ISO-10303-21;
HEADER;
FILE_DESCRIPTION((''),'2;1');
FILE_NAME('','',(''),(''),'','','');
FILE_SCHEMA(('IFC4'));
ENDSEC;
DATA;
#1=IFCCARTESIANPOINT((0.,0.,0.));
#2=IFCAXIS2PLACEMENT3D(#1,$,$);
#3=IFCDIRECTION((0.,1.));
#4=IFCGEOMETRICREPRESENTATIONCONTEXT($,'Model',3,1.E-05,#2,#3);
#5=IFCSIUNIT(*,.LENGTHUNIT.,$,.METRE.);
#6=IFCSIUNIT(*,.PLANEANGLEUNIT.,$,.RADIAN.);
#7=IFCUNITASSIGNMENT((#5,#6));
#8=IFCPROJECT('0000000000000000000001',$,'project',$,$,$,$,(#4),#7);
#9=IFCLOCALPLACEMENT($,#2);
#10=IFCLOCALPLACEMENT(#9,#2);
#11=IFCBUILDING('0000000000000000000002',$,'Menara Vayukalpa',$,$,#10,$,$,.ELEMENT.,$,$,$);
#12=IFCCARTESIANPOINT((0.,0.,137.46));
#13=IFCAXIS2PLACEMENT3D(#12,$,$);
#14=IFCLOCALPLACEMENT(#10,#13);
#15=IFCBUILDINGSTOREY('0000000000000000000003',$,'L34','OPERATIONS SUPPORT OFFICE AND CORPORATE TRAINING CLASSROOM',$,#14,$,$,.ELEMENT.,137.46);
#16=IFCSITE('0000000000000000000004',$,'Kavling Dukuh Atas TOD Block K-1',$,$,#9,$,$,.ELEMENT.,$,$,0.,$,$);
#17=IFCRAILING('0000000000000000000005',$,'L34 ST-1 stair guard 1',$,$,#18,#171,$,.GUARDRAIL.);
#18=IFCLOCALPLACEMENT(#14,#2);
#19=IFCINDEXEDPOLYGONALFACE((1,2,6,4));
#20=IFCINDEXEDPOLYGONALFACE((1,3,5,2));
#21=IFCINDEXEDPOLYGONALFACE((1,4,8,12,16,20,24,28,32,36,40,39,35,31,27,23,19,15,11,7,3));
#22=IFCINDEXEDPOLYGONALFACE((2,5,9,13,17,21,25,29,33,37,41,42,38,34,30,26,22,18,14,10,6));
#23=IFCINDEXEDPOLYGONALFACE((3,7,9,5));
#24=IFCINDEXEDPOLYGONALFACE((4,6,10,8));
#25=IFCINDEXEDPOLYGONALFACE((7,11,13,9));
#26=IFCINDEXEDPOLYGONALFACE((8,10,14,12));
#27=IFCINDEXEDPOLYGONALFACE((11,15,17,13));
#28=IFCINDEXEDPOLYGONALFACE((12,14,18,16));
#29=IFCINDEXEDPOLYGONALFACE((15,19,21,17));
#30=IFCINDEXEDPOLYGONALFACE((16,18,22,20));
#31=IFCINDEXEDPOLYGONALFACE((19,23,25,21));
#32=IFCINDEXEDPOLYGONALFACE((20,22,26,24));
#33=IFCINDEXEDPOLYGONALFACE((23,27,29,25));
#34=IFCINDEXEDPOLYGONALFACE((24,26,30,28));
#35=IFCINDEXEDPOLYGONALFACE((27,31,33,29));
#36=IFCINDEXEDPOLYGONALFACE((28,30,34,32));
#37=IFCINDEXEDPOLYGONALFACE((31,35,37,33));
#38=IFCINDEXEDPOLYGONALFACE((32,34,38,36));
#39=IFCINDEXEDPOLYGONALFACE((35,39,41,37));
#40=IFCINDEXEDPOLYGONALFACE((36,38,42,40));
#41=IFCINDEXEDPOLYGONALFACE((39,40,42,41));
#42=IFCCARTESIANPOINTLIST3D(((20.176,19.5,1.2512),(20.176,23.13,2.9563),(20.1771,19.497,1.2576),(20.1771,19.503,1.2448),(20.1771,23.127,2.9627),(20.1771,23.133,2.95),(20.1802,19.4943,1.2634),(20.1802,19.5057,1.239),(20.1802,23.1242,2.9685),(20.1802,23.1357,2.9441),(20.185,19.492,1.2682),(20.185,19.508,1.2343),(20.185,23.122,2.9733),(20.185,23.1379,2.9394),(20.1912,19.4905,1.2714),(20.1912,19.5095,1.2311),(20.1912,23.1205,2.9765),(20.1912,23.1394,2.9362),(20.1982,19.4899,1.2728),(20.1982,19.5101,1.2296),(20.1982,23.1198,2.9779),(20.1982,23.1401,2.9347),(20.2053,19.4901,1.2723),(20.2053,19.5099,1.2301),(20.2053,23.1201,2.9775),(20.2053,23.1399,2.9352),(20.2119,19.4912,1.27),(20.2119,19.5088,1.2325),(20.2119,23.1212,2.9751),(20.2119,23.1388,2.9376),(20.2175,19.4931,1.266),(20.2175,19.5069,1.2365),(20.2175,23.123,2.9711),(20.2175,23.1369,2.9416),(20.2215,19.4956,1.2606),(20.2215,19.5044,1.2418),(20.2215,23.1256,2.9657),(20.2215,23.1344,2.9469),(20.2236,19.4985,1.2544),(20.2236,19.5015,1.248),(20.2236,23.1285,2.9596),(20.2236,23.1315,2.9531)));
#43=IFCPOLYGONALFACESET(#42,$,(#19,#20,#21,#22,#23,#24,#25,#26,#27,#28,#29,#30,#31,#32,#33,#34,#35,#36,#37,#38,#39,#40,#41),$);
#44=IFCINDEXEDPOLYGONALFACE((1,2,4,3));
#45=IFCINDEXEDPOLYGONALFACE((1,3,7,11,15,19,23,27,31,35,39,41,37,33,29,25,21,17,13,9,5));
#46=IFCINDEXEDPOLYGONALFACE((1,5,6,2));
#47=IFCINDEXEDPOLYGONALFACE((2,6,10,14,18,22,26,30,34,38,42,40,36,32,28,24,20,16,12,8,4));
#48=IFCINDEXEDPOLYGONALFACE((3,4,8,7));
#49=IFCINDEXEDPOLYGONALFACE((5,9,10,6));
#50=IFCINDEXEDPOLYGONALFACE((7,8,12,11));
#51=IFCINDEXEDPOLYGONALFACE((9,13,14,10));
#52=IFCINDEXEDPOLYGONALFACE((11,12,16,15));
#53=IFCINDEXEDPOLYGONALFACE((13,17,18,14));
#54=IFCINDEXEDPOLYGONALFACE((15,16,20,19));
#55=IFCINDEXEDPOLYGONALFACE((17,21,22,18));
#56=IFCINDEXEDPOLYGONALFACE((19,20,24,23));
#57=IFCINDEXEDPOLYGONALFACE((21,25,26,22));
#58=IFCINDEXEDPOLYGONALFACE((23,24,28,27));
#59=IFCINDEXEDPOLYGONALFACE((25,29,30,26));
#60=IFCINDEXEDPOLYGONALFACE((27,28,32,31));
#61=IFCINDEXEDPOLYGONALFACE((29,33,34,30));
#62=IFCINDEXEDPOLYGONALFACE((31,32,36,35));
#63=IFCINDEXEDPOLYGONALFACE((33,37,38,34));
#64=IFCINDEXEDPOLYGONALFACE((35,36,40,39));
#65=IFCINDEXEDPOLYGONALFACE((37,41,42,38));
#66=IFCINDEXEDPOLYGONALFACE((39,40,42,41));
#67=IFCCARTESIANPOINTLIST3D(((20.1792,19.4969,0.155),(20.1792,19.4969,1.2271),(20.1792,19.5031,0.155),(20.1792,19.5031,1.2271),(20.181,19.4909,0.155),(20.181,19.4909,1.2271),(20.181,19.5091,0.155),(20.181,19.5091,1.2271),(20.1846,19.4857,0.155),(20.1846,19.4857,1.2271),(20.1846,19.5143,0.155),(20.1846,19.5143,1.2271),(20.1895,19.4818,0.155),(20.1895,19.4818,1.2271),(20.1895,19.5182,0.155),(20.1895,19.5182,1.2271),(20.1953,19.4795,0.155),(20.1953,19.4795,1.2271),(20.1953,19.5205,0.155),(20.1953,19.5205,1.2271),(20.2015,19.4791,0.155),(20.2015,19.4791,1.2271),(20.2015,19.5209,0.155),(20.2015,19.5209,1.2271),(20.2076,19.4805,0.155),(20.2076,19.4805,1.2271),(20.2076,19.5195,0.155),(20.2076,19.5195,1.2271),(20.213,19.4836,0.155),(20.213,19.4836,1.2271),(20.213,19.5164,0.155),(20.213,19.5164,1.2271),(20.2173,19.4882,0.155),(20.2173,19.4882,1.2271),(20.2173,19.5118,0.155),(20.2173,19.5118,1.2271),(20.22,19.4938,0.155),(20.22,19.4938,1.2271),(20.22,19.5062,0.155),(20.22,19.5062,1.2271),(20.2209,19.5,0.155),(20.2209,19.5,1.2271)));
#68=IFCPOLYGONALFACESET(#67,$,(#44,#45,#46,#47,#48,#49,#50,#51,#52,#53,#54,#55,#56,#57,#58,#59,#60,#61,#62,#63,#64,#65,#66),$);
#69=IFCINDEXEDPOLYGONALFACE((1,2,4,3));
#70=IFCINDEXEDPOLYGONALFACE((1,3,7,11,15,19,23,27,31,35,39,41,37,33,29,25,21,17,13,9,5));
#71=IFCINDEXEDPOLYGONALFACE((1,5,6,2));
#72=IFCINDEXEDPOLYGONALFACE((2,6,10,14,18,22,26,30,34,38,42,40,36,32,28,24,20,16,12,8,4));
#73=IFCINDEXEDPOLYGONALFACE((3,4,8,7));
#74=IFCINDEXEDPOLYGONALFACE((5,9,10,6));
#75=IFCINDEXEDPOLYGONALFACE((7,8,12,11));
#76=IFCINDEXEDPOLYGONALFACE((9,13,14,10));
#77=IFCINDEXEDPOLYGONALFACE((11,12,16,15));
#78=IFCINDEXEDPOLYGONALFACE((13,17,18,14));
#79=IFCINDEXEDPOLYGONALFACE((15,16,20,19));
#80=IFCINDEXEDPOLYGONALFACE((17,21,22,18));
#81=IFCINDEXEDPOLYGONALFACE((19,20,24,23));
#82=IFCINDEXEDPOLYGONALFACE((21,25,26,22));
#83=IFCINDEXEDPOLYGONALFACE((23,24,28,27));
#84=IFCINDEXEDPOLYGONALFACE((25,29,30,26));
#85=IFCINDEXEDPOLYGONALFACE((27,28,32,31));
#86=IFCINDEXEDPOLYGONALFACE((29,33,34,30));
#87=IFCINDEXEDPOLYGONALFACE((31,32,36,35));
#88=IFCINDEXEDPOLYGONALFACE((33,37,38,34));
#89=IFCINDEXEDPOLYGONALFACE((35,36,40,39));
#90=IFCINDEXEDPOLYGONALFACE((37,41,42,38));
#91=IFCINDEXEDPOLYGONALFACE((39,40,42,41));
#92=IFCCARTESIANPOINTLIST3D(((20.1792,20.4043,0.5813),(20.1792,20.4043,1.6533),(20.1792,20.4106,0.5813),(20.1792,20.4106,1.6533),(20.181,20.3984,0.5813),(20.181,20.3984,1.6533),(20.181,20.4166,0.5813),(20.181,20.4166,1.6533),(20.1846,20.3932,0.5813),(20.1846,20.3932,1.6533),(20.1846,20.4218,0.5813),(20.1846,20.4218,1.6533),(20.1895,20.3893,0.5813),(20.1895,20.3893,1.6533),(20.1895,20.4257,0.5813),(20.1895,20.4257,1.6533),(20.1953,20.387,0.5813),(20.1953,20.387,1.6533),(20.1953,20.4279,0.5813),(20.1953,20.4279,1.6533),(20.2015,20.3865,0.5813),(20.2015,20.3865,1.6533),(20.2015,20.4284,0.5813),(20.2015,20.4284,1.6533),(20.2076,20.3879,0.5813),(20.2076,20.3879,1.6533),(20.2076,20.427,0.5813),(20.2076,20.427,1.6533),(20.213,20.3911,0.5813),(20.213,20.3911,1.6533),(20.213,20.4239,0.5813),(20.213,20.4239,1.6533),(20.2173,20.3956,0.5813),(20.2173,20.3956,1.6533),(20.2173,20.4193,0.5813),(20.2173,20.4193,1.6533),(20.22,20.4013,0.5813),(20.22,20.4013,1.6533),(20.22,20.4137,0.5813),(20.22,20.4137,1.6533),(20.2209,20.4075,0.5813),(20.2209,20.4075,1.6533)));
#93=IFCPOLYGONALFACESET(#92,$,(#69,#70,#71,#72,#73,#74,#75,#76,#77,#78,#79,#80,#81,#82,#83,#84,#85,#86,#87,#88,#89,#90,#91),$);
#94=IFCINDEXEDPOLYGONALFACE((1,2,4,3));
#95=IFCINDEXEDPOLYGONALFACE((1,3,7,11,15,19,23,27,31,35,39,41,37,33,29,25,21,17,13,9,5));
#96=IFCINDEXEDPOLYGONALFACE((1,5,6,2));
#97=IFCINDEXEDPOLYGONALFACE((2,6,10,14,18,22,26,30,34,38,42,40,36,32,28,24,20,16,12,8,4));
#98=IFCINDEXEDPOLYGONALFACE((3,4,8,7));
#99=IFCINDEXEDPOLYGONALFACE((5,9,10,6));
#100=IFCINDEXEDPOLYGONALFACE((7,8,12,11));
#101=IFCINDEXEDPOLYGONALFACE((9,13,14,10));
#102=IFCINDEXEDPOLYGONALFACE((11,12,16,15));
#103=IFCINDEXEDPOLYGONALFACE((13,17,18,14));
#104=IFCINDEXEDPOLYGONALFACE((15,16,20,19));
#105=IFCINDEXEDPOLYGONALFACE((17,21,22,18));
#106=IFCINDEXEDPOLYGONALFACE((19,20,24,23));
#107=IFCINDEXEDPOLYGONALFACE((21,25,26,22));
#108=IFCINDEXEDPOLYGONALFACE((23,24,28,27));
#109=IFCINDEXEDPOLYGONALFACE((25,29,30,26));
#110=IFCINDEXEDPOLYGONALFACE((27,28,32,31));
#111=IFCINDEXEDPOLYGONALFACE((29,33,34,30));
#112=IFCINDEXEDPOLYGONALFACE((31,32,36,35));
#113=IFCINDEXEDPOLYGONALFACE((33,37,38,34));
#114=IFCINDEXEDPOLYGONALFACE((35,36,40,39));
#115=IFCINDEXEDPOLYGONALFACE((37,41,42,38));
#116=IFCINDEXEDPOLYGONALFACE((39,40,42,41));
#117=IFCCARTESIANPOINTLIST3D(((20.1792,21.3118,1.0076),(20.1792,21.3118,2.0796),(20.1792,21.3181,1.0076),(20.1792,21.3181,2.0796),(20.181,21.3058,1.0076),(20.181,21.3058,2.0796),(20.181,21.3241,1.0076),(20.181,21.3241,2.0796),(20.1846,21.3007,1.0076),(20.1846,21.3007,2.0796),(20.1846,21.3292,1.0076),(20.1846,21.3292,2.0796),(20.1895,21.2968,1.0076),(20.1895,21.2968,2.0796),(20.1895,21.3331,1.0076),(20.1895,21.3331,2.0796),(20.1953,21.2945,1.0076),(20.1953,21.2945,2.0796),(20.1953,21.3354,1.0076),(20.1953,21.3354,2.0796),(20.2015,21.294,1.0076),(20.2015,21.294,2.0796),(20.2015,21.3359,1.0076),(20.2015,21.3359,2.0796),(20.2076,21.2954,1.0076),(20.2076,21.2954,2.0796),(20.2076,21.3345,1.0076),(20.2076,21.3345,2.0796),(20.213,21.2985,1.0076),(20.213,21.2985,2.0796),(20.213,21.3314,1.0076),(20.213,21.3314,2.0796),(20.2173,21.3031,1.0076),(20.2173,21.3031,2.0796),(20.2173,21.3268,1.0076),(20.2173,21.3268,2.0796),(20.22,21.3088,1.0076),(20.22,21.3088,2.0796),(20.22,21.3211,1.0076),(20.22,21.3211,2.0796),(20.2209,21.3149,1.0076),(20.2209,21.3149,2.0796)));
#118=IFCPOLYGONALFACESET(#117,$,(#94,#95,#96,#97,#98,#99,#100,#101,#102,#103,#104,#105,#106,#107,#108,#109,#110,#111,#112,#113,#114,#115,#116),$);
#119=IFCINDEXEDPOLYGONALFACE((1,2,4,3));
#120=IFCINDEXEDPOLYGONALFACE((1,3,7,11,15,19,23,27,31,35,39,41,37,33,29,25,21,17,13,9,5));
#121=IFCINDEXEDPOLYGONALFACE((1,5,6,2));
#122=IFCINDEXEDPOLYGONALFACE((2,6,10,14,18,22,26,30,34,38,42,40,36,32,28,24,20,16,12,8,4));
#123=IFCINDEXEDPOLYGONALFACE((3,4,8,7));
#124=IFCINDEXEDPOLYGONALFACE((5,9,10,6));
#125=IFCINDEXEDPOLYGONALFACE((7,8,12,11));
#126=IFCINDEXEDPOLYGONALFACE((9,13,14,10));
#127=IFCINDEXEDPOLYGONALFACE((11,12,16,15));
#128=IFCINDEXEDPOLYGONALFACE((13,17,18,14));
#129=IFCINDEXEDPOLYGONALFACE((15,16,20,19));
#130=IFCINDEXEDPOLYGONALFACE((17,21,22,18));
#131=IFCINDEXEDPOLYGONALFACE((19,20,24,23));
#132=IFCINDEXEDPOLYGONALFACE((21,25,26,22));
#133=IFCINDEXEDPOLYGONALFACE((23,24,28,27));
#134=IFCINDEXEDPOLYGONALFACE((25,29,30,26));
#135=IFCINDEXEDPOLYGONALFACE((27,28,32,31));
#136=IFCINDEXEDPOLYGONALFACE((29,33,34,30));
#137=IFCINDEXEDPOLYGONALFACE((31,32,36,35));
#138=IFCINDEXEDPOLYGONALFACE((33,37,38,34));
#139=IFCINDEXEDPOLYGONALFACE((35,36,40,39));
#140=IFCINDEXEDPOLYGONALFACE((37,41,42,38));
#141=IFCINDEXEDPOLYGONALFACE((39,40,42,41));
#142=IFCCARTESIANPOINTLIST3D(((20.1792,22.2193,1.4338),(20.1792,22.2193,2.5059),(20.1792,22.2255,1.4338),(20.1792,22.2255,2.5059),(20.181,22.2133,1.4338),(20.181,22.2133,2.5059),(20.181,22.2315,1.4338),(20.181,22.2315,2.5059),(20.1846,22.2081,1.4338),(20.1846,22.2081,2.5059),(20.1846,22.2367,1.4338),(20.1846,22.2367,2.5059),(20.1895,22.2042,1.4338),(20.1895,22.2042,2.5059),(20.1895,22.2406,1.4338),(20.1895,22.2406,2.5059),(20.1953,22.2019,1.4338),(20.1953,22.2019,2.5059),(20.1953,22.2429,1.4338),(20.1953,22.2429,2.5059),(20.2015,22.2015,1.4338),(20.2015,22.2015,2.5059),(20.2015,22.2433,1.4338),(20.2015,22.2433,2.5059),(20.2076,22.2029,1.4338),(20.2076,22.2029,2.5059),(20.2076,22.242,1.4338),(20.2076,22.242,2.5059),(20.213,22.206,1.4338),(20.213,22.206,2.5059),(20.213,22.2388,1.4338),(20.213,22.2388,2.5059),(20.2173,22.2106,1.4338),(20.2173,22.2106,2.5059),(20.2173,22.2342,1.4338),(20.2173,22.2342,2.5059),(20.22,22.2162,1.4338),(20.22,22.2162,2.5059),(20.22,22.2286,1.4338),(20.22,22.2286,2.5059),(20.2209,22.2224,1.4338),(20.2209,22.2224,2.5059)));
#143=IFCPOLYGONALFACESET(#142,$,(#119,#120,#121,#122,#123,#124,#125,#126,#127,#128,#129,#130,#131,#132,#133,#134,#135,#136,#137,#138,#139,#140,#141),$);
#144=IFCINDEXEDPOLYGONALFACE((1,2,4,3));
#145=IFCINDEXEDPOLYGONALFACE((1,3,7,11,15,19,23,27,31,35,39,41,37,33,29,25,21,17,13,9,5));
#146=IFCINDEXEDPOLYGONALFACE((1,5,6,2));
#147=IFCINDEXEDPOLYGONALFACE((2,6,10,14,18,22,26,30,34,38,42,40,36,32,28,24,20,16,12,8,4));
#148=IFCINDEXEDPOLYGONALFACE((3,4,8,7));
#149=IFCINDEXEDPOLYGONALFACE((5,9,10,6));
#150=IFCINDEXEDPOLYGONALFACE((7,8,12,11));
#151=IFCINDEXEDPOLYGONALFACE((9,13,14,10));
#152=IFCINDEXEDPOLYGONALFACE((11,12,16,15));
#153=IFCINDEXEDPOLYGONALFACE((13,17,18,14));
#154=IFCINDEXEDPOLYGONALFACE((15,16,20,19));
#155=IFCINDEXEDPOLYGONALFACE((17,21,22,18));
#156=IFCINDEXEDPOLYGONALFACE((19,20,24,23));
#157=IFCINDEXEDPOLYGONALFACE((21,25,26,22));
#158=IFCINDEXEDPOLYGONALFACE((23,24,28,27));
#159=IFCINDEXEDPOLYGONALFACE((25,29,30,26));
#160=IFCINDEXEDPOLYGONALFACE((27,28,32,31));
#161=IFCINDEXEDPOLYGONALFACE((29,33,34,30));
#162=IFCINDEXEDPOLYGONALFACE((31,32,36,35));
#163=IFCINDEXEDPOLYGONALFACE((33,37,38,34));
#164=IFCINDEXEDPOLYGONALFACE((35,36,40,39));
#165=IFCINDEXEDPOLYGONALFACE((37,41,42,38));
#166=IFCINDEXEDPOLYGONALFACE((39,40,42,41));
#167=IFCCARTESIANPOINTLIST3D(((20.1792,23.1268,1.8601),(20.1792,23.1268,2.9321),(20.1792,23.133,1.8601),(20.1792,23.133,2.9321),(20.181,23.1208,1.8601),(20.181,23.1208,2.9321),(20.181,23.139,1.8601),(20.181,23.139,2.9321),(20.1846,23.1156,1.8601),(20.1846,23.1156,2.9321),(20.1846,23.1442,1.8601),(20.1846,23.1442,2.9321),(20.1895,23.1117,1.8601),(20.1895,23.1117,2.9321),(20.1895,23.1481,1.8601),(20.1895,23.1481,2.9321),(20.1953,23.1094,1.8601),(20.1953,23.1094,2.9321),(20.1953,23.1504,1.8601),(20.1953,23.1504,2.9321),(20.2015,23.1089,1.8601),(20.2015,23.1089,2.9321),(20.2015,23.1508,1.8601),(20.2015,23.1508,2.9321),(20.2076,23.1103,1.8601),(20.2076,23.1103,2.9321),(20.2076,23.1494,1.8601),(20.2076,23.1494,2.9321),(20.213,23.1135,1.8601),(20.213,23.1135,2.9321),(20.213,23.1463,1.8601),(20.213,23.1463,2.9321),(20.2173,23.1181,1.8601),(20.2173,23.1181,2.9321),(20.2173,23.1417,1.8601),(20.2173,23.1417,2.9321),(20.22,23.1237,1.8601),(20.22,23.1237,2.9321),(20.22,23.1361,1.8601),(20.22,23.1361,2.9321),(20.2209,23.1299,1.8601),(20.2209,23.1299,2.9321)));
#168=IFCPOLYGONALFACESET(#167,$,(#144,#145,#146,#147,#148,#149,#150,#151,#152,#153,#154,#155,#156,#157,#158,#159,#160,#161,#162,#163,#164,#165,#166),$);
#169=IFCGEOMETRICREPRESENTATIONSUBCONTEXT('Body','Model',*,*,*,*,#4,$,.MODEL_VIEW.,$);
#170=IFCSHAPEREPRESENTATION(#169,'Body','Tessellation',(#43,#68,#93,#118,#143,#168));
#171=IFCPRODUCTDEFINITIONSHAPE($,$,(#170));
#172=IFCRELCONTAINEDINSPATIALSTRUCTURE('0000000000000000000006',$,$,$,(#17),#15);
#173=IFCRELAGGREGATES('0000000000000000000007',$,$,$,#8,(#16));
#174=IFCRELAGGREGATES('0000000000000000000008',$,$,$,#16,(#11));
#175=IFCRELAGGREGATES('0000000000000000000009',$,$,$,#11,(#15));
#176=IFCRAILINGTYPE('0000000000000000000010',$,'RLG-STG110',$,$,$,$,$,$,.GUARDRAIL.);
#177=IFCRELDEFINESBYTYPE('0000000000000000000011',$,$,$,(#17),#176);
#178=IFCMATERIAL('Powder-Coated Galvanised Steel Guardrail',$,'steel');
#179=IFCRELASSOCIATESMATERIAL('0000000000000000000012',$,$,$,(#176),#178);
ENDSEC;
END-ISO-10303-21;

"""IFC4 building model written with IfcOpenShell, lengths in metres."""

from ifc_helpers import new_model, si_unit, direction, frame, origin, origin_2d, place, context, subcontext, project, spatial, circle, extrude, material, type_object, element, save


model = new_model("IFC4")

# Units and contexts
model_context = context("Model", 3, precision=1e-05, world=origin(), true_north=direction((0.0, 1.0)))
body_context = subcontext(model_context, "Body", "Model", "MODEL_VIEW")
ifc_project = project(units=[si_unit("LENGTHUNIT", "METRE"), si_unit("PLANEANGLEUNIT", "RADIAN")], contexts=[model_context])

# Site, building, storey
site_placement = place(None, origin())
site = spatial("IfcSite", under=ifc_project, at=site_placement, Name="Kavling Dukuh Atas TOD Block K-1", CompositionType="ELEMENT", RefElevation=0.0)
building_placement = place(site_placement, origin())
building = spatial("IfcBuilding", under=site, at=building_placement, Name="Menara Vayukalpa", CompositionType="ELEMENT")
storey_placement = place(building_placement, frame((0.0, 0.0, 137.46)))
storey = spatial("IfcBuildingStorey", under=building, at=storey_placement, Name="L34", Description="OPERATIONS SUPPORT OFFICE AND CORPORATE TRAINING CLASSROOM", CompositionType="ELEMENT", Elevation=137.46)

# Railing
ifc_material_1 = material(Name="Powder-Coated Galvanised Steel Guardrail", Category="steel")
railing_type_1 = type_object("IfcRailingType", Name="RLG-STG110", PredefinedType="GUARDRAIL", material=ifc_material_1)
railing_1_placement = place(storey_placement, frame((20.2, 19.5, 0.155)))
element("IfcRailing", 1, at=railing_1_placement, inside=storey, type_object=railing_type_1, Name="L34 ST-1 stair guard 1", PredefinedType="GUARDRAIL", context=body_context, shape_type="SweptSolid", body=[
    extrude(circle(Radius=0.0239, at=origin_2d()), frame((0.0, 0.0, 1.0962), z_axis=(0.0, 0.905116, 0.425164), x_axis=(-1.0, 0.0, 0.0)), (0.0, 0.0, 1.0), 4.0105),
    extrude(circle(Radius=0.021, at=origin_2d()), origin(), (0.0, 0.0, 1.0), 1.072),
    extrude(circle(Radius=0.021, at=origin_2d()), frame((0.0, 0.9075, 0.4263)), (0.0, 0.0, 1.0), 1.072),
    extrude(circle(Radius=0.021, at=origin_2d()), frame((0.0, 1.8149, 0.8525)), (0.0, 0.0, 1.0), 1.072),
    extrude(circle(Radius=0.021, at=origin_2d()), frame((0.0, 2.7224, 1.2788)), (0.0, 0.0, 1.0), 1.072),
    extrude(circle(Radius=0.021, at=origin_2d()), frame((0.0, 3.6299, 1.7051)), (0.0, 0.0, 1.0), 1.072),
])

save(model, "model.ifc")
